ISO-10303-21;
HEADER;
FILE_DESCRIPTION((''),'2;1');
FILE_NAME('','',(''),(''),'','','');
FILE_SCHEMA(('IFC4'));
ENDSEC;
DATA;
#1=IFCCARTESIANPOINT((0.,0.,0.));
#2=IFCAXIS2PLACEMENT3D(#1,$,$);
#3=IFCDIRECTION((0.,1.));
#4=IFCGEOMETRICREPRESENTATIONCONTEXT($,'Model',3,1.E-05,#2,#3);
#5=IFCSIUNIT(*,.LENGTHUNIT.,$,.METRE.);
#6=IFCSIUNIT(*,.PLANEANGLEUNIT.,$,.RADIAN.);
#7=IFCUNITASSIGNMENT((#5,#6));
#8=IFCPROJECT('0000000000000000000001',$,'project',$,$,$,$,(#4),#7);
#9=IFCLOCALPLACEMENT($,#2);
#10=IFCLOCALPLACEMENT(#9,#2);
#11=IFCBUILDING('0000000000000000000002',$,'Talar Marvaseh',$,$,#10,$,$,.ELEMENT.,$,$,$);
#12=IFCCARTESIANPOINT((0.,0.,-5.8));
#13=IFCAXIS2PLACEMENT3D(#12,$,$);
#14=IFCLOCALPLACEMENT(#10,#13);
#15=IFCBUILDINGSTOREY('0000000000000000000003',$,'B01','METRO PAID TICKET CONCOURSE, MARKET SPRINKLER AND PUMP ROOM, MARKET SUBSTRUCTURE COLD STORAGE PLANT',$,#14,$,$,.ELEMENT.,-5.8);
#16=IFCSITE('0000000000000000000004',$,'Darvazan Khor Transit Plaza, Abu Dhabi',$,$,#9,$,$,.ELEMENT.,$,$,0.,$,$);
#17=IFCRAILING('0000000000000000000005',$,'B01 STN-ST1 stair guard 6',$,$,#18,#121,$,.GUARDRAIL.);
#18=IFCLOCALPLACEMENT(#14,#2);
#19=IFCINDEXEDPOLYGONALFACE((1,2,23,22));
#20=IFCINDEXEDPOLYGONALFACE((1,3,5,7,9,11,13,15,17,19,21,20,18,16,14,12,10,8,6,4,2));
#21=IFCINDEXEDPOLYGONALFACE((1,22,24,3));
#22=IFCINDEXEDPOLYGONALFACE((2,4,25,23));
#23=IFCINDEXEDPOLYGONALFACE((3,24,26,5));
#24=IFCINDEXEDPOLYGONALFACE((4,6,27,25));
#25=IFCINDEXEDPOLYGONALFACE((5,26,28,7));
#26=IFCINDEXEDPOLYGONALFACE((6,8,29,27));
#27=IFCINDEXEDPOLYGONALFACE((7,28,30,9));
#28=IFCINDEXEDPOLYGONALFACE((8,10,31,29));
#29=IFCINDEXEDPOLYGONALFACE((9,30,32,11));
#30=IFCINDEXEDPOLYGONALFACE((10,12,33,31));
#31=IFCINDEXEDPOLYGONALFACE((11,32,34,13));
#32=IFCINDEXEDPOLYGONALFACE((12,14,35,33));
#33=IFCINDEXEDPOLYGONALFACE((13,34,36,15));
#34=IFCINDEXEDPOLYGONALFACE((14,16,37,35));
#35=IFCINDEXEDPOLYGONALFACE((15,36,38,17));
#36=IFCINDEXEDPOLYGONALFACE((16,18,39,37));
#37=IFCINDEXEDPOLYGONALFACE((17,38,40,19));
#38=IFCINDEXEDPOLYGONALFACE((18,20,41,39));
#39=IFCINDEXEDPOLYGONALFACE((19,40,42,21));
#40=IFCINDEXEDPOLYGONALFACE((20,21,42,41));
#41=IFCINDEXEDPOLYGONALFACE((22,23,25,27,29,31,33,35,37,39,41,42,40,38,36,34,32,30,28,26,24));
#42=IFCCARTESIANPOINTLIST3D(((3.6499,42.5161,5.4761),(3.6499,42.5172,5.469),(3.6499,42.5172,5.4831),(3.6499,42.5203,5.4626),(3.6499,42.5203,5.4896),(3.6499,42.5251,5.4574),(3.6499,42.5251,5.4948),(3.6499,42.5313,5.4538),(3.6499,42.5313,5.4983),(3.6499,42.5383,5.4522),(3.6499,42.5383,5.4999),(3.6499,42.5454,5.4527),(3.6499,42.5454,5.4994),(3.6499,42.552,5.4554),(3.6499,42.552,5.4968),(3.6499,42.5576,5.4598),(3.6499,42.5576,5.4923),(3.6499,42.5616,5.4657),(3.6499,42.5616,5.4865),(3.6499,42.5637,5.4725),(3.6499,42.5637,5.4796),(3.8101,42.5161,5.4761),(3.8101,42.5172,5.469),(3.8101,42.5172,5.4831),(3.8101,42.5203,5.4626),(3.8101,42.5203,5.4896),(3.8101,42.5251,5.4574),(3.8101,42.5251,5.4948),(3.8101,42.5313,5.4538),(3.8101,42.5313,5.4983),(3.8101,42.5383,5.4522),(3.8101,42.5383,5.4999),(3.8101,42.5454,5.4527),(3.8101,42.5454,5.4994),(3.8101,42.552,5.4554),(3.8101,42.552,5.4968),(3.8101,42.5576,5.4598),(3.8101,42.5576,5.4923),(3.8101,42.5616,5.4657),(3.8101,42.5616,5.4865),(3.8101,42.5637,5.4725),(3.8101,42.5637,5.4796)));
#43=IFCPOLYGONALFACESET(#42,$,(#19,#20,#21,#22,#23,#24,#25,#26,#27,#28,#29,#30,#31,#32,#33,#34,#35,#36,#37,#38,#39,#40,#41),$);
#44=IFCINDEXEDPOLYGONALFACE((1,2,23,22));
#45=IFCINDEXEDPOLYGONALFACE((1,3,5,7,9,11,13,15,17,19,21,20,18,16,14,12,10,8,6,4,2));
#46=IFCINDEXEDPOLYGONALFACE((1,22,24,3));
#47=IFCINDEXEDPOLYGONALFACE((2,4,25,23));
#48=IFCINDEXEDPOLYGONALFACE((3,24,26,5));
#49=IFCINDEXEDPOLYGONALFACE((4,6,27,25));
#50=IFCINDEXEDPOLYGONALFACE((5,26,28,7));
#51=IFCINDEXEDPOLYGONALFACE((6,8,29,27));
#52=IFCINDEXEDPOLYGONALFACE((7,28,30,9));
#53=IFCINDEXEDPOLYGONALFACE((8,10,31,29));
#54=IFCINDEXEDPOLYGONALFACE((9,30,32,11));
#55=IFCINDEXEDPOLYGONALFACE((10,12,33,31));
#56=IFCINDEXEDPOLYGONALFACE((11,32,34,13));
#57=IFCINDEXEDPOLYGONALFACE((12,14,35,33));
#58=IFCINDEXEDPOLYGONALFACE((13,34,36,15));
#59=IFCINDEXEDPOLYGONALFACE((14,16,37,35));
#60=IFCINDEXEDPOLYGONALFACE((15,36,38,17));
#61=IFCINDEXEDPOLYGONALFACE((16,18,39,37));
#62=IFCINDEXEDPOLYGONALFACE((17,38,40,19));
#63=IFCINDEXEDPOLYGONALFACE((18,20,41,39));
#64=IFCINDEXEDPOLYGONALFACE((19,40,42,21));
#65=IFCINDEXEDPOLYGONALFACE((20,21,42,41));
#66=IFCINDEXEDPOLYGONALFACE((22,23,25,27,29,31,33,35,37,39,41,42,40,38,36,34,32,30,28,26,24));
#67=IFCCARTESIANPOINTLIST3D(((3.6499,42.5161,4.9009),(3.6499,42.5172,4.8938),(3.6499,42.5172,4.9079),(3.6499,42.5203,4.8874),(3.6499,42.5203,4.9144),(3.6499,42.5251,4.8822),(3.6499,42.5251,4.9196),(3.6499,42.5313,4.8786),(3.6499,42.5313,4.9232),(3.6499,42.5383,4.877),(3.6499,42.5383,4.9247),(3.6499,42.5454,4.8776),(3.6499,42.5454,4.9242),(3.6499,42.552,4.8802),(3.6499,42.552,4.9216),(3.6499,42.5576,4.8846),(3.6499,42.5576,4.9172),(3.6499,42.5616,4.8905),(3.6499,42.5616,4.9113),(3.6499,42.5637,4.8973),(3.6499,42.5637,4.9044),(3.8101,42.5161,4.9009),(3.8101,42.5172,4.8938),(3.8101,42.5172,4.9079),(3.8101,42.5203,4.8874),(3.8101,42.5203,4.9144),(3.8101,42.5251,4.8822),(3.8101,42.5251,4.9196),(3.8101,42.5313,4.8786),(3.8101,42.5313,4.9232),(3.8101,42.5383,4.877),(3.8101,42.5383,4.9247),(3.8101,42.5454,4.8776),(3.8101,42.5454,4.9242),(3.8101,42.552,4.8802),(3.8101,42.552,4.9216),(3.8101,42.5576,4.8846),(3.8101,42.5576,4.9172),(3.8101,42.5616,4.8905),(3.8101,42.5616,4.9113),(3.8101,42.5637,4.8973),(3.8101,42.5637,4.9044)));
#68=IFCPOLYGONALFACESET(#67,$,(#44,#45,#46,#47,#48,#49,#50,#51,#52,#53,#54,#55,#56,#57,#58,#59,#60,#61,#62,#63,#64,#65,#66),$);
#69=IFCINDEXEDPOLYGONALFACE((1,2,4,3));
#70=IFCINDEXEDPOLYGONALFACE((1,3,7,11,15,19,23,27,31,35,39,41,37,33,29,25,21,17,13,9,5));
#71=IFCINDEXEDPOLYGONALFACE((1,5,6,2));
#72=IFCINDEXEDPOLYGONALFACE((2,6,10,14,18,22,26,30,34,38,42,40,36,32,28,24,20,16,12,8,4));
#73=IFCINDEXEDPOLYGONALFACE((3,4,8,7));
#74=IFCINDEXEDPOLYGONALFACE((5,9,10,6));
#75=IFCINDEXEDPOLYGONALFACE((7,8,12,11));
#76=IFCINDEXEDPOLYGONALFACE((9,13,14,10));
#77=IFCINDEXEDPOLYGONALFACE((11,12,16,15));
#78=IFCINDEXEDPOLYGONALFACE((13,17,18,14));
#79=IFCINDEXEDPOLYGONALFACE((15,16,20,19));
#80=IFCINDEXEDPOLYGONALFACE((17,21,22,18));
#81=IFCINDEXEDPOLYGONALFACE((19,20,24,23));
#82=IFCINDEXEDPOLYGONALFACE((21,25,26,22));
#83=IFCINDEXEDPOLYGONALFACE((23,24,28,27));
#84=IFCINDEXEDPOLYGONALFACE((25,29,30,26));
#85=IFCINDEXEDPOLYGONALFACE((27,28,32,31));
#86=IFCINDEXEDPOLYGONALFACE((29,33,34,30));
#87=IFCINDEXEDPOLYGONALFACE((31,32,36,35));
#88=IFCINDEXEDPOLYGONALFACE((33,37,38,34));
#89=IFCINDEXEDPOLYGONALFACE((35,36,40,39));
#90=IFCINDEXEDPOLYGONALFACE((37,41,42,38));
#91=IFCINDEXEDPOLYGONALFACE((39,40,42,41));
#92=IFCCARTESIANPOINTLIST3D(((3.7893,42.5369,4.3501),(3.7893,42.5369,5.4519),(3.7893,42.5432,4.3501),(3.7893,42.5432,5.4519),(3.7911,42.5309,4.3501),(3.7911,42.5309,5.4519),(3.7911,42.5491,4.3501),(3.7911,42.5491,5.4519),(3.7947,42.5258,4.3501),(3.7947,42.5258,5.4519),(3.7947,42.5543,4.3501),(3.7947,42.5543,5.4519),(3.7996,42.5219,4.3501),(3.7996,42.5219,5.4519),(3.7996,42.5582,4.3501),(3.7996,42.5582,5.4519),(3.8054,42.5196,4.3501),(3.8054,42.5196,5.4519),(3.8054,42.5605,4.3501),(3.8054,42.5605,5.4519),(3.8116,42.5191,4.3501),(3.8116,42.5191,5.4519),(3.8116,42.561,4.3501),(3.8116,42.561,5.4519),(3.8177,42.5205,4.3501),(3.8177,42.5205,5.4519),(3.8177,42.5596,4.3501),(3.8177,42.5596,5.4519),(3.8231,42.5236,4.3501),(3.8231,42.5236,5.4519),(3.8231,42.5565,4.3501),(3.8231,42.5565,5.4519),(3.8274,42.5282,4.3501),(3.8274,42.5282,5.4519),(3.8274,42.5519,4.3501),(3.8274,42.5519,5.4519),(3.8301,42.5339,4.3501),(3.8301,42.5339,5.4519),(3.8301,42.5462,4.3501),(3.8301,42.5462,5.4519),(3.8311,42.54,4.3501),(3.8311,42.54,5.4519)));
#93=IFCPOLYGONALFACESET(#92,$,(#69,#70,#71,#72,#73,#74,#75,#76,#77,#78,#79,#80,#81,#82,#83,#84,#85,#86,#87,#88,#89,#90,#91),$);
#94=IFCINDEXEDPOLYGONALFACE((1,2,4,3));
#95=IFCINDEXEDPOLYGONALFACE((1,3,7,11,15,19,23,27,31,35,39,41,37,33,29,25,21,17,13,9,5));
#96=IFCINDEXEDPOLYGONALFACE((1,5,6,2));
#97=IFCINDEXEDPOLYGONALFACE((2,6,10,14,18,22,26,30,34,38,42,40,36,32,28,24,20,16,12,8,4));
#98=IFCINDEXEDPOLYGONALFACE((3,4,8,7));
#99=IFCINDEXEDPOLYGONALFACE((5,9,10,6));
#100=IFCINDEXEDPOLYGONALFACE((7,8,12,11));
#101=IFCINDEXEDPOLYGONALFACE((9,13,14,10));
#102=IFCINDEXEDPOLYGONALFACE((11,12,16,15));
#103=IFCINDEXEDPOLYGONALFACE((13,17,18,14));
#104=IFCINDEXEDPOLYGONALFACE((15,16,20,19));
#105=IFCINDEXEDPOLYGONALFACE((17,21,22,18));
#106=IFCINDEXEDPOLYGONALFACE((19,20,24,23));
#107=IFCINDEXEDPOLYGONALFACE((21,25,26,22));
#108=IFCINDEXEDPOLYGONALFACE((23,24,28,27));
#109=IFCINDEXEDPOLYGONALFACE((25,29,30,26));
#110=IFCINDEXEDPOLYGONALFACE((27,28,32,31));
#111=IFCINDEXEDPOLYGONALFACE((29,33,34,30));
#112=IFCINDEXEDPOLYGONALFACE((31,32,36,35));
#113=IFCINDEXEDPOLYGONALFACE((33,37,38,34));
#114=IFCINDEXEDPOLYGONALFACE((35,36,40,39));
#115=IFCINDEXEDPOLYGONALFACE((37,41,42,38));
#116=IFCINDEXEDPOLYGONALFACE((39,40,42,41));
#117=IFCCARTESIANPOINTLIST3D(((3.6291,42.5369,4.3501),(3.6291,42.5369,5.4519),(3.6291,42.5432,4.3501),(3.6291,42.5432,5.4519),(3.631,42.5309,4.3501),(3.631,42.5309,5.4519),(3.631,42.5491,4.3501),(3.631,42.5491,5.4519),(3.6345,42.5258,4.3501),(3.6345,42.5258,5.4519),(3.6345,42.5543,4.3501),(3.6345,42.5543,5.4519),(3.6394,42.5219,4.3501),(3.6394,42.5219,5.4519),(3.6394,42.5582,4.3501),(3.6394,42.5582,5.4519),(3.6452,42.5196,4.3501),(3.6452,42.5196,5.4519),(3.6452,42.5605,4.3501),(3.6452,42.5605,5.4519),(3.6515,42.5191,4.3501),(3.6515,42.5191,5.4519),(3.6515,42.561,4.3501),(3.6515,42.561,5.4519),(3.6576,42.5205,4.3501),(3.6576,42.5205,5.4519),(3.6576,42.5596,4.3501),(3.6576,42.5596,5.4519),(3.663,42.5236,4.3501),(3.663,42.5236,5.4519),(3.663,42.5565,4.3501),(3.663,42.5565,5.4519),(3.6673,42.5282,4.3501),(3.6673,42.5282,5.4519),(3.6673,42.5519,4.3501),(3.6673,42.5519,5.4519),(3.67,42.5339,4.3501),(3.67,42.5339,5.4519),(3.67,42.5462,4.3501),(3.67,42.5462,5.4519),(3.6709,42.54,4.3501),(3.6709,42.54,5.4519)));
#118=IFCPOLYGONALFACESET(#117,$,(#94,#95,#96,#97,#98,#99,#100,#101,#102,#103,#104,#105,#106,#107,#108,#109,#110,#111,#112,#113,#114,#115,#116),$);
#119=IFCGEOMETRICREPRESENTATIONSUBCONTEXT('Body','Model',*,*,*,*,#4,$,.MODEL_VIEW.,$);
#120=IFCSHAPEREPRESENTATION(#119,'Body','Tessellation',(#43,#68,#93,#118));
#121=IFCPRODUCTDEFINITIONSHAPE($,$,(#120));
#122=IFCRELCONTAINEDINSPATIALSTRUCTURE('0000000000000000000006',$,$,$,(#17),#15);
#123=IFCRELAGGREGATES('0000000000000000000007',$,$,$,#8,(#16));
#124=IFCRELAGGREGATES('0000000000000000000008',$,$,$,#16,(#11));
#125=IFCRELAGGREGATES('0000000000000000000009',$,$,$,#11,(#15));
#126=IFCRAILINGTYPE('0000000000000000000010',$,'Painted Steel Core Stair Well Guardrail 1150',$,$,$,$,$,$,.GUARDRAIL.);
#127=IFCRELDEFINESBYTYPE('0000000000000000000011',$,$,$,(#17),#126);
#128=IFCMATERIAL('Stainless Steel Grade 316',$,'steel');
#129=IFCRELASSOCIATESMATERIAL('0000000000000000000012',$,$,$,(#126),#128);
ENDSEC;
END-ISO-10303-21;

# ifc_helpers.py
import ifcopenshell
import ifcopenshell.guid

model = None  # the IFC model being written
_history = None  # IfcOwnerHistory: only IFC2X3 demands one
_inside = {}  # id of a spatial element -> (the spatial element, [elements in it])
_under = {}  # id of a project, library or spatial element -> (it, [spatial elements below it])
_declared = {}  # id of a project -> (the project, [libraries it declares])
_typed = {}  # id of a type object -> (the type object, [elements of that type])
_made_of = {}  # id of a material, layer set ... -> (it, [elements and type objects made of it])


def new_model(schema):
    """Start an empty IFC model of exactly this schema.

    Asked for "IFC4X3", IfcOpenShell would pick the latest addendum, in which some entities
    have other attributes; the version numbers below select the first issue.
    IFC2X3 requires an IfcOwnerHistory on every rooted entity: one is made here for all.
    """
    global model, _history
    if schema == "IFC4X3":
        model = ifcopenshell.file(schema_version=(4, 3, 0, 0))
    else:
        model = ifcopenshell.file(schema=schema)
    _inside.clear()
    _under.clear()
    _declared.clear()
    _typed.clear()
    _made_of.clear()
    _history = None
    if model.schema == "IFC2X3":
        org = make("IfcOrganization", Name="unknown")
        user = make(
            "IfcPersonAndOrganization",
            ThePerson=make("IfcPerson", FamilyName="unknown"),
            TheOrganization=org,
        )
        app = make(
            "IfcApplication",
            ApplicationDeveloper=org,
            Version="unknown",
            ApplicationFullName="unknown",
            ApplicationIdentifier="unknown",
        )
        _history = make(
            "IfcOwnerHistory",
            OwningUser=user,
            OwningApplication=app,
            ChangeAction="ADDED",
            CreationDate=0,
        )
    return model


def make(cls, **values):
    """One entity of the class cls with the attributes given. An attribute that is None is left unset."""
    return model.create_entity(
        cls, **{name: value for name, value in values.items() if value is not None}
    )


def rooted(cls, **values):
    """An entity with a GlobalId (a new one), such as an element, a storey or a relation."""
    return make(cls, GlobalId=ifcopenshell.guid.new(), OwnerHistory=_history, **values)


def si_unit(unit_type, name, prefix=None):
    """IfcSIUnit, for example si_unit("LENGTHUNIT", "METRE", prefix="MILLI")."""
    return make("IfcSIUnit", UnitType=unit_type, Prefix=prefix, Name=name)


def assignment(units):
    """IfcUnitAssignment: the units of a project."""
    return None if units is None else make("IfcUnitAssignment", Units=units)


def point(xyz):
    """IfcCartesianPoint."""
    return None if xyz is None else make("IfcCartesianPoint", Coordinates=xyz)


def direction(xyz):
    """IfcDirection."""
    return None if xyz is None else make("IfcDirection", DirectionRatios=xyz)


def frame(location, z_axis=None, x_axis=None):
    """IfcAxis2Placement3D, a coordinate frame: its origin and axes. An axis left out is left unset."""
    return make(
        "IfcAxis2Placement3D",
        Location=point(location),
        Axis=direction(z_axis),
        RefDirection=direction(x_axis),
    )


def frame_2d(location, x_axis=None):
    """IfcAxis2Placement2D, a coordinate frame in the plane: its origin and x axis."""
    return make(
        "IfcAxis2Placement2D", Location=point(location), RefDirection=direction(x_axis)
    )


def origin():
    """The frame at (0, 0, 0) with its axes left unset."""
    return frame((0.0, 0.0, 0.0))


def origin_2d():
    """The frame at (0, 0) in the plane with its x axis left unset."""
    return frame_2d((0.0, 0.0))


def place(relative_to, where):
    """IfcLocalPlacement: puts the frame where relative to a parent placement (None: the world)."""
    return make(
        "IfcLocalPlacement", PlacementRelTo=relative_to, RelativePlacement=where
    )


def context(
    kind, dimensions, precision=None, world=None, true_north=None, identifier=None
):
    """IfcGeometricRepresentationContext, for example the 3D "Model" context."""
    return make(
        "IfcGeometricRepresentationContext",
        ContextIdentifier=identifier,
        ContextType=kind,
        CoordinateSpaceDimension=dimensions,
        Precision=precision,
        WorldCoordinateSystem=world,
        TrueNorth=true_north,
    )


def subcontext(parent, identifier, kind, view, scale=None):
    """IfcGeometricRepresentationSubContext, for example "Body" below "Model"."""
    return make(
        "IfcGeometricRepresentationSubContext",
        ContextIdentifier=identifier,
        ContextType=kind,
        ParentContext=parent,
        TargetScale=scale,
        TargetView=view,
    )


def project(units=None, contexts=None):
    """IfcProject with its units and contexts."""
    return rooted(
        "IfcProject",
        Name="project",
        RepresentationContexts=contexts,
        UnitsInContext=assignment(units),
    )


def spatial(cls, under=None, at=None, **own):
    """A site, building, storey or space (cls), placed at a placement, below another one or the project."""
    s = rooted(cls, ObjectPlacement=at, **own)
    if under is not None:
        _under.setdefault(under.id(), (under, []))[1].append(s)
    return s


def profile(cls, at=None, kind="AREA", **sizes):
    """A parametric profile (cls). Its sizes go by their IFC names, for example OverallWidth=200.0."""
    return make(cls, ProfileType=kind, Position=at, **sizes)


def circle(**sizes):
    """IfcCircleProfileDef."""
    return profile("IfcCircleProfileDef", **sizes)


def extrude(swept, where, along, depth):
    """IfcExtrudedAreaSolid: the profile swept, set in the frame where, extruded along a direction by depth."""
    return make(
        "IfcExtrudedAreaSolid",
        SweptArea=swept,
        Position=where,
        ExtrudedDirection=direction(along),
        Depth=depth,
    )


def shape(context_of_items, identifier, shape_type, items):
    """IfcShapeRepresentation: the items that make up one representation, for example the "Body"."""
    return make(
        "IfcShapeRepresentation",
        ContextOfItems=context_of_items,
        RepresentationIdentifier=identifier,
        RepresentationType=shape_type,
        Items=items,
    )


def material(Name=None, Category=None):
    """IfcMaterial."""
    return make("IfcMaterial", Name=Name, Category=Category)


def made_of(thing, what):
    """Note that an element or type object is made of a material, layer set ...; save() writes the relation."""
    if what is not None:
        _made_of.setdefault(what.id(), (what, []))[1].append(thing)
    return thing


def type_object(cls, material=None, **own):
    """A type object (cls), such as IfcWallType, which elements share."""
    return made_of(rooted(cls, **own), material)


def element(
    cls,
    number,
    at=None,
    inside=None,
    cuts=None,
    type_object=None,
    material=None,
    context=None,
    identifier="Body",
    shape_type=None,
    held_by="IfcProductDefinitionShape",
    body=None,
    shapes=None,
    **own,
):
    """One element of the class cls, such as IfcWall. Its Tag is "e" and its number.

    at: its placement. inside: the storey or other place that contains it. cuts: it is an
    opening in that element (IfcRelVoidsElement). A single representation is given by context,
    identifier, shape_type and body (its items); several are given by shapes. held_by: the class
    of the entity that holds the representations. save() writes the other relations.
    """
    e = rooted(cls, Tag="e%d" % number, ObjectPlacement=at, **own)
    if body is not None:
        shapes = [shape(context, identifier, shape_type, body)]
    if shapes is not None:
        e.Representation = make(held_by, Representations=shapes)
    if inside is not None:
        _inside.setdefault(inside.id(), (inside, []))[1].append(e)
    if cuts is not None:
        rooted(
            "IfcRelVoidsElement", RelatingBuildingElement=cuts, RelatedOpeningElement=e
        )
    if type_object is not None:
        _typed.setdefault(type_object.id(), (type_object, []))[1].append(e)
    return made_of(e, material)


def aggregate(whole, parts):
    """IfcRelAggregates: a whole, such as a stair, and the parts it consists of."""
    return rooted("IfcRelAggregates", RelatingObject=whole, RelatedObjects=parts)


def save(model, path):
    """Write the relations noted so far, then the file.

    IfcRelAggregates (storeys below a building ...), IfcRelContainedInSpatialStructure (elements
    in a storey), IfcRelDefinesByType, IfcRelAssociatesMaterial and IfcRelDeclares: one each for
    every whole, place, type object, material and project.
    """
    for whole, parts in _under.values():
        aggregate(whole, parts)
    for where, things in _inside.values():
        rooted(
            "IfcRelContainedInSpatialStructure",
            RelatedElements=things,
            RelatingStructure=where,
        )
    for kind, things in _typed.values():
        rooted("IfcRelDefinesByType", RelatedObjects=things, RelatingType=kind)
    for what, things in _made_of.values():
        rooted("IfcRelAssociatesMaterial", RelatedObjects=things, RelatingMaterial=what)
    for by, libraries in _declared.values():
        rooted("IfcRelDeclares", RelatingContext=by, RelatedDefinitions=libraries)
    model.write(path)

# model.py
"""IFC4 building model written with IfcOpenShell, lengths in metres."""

from ifc_helpers import new_model, si_unit, direction, frame, origin, origin_2d, place, context, subcontext, project, spatial, circle, extrude, material, type_object, element, save


model = new_model("IFC4")

# Units and contexts
model_context = context("Model", 3, precision=1e-05, world=origin(), true_north=direction((0.0, 1.0)))
body_context = subcontext(model_context, "Body", "Model", "MODEL_VIEW")
ifc_project = project(units=[si_unit("LENGTHUNIT", "METRE"), si_unit("PLANEANGLEUNIT", "RADIAN")], contexts=[model_context])

# Site, building, storey
site_placement = place(None, origin())
site = spatial("IfcSite", under=ifc_project, at=site_placement, Name="Darvazan Khor Transit Plaza, Abu Dhabi", CompositionType="ELEMENT", RefElevation=0.0)
building_placement = place(site_placement, origin())
building = spatial("IfcBuilding", under=site, at=building_placement, Name="Talar Marvaseh", CompositionType="ELEMENT")
storey_placement = place(building_placement, frame((0.0, 0.0, -5.8)))
storey = spatial("IfcBuildingStorey", under=building, at=storey_placement, Name="B01", Description="METRO PAID TICKET CONCOURSE, MARKET SPRINKLER AND PUMP ROOM, MARKET SUBSTRUCTURE COLD STORAGE PLANT", CompositionType="ELEMENT", Elevation=-5.8)

# Railing
ifc_material_1 = material(Name="Stainless Steel Grade 316", Category="steel")
railing_type_1 = type_object("IfcRailingType", Name="Painted Steel Core Stair Well Guardrail 1150", PredefinedType="GUARDRAIL", material=ifc_material_1)
railing_1_placement = place(storey_placement, frame((3.8101, 42.54, 4.3501)))
element("IfcRailing", 1, at=railing_1_placement, inside=storey, type_object=railing_type_1, Name="B01 STN-ST1 stair guard 6", PredefinedType="GUARDRAIL", context=body_context, shape_type="SweptSolid", body=[
    extrude(circle(Radius=0.0239, at=origin_2d()), frame((0.0, 0.0, 1.126), z_axis=(-1.0, 0.0, 0.0), x_axis=(0.0, -1.0, 0.0)), (0.0, 0.0, 1.0), 0.1602),
    extrude(circle(Radius=0.0239, at=origin_2d()), frame((0.0, 0.0, 0.5508), z_axis=(-1.0, 0.0, 0.0), x_axis=(0.0, -1.0, 0.0)), (0.0, 0.0, 1.0), 0.1602),
    extrude(circle(Radius=0.021, at=origin_2d()), origin(), (0.0, 0.0, 1.0), 1.1018),
    extrude(circle(Radius=0.021, at=origin_2d()), frame((-0.1602, 0.0, 0.0)), (0.0, 0.0, 1.0), 1.1018),
])

save(model, "model.ifc")
